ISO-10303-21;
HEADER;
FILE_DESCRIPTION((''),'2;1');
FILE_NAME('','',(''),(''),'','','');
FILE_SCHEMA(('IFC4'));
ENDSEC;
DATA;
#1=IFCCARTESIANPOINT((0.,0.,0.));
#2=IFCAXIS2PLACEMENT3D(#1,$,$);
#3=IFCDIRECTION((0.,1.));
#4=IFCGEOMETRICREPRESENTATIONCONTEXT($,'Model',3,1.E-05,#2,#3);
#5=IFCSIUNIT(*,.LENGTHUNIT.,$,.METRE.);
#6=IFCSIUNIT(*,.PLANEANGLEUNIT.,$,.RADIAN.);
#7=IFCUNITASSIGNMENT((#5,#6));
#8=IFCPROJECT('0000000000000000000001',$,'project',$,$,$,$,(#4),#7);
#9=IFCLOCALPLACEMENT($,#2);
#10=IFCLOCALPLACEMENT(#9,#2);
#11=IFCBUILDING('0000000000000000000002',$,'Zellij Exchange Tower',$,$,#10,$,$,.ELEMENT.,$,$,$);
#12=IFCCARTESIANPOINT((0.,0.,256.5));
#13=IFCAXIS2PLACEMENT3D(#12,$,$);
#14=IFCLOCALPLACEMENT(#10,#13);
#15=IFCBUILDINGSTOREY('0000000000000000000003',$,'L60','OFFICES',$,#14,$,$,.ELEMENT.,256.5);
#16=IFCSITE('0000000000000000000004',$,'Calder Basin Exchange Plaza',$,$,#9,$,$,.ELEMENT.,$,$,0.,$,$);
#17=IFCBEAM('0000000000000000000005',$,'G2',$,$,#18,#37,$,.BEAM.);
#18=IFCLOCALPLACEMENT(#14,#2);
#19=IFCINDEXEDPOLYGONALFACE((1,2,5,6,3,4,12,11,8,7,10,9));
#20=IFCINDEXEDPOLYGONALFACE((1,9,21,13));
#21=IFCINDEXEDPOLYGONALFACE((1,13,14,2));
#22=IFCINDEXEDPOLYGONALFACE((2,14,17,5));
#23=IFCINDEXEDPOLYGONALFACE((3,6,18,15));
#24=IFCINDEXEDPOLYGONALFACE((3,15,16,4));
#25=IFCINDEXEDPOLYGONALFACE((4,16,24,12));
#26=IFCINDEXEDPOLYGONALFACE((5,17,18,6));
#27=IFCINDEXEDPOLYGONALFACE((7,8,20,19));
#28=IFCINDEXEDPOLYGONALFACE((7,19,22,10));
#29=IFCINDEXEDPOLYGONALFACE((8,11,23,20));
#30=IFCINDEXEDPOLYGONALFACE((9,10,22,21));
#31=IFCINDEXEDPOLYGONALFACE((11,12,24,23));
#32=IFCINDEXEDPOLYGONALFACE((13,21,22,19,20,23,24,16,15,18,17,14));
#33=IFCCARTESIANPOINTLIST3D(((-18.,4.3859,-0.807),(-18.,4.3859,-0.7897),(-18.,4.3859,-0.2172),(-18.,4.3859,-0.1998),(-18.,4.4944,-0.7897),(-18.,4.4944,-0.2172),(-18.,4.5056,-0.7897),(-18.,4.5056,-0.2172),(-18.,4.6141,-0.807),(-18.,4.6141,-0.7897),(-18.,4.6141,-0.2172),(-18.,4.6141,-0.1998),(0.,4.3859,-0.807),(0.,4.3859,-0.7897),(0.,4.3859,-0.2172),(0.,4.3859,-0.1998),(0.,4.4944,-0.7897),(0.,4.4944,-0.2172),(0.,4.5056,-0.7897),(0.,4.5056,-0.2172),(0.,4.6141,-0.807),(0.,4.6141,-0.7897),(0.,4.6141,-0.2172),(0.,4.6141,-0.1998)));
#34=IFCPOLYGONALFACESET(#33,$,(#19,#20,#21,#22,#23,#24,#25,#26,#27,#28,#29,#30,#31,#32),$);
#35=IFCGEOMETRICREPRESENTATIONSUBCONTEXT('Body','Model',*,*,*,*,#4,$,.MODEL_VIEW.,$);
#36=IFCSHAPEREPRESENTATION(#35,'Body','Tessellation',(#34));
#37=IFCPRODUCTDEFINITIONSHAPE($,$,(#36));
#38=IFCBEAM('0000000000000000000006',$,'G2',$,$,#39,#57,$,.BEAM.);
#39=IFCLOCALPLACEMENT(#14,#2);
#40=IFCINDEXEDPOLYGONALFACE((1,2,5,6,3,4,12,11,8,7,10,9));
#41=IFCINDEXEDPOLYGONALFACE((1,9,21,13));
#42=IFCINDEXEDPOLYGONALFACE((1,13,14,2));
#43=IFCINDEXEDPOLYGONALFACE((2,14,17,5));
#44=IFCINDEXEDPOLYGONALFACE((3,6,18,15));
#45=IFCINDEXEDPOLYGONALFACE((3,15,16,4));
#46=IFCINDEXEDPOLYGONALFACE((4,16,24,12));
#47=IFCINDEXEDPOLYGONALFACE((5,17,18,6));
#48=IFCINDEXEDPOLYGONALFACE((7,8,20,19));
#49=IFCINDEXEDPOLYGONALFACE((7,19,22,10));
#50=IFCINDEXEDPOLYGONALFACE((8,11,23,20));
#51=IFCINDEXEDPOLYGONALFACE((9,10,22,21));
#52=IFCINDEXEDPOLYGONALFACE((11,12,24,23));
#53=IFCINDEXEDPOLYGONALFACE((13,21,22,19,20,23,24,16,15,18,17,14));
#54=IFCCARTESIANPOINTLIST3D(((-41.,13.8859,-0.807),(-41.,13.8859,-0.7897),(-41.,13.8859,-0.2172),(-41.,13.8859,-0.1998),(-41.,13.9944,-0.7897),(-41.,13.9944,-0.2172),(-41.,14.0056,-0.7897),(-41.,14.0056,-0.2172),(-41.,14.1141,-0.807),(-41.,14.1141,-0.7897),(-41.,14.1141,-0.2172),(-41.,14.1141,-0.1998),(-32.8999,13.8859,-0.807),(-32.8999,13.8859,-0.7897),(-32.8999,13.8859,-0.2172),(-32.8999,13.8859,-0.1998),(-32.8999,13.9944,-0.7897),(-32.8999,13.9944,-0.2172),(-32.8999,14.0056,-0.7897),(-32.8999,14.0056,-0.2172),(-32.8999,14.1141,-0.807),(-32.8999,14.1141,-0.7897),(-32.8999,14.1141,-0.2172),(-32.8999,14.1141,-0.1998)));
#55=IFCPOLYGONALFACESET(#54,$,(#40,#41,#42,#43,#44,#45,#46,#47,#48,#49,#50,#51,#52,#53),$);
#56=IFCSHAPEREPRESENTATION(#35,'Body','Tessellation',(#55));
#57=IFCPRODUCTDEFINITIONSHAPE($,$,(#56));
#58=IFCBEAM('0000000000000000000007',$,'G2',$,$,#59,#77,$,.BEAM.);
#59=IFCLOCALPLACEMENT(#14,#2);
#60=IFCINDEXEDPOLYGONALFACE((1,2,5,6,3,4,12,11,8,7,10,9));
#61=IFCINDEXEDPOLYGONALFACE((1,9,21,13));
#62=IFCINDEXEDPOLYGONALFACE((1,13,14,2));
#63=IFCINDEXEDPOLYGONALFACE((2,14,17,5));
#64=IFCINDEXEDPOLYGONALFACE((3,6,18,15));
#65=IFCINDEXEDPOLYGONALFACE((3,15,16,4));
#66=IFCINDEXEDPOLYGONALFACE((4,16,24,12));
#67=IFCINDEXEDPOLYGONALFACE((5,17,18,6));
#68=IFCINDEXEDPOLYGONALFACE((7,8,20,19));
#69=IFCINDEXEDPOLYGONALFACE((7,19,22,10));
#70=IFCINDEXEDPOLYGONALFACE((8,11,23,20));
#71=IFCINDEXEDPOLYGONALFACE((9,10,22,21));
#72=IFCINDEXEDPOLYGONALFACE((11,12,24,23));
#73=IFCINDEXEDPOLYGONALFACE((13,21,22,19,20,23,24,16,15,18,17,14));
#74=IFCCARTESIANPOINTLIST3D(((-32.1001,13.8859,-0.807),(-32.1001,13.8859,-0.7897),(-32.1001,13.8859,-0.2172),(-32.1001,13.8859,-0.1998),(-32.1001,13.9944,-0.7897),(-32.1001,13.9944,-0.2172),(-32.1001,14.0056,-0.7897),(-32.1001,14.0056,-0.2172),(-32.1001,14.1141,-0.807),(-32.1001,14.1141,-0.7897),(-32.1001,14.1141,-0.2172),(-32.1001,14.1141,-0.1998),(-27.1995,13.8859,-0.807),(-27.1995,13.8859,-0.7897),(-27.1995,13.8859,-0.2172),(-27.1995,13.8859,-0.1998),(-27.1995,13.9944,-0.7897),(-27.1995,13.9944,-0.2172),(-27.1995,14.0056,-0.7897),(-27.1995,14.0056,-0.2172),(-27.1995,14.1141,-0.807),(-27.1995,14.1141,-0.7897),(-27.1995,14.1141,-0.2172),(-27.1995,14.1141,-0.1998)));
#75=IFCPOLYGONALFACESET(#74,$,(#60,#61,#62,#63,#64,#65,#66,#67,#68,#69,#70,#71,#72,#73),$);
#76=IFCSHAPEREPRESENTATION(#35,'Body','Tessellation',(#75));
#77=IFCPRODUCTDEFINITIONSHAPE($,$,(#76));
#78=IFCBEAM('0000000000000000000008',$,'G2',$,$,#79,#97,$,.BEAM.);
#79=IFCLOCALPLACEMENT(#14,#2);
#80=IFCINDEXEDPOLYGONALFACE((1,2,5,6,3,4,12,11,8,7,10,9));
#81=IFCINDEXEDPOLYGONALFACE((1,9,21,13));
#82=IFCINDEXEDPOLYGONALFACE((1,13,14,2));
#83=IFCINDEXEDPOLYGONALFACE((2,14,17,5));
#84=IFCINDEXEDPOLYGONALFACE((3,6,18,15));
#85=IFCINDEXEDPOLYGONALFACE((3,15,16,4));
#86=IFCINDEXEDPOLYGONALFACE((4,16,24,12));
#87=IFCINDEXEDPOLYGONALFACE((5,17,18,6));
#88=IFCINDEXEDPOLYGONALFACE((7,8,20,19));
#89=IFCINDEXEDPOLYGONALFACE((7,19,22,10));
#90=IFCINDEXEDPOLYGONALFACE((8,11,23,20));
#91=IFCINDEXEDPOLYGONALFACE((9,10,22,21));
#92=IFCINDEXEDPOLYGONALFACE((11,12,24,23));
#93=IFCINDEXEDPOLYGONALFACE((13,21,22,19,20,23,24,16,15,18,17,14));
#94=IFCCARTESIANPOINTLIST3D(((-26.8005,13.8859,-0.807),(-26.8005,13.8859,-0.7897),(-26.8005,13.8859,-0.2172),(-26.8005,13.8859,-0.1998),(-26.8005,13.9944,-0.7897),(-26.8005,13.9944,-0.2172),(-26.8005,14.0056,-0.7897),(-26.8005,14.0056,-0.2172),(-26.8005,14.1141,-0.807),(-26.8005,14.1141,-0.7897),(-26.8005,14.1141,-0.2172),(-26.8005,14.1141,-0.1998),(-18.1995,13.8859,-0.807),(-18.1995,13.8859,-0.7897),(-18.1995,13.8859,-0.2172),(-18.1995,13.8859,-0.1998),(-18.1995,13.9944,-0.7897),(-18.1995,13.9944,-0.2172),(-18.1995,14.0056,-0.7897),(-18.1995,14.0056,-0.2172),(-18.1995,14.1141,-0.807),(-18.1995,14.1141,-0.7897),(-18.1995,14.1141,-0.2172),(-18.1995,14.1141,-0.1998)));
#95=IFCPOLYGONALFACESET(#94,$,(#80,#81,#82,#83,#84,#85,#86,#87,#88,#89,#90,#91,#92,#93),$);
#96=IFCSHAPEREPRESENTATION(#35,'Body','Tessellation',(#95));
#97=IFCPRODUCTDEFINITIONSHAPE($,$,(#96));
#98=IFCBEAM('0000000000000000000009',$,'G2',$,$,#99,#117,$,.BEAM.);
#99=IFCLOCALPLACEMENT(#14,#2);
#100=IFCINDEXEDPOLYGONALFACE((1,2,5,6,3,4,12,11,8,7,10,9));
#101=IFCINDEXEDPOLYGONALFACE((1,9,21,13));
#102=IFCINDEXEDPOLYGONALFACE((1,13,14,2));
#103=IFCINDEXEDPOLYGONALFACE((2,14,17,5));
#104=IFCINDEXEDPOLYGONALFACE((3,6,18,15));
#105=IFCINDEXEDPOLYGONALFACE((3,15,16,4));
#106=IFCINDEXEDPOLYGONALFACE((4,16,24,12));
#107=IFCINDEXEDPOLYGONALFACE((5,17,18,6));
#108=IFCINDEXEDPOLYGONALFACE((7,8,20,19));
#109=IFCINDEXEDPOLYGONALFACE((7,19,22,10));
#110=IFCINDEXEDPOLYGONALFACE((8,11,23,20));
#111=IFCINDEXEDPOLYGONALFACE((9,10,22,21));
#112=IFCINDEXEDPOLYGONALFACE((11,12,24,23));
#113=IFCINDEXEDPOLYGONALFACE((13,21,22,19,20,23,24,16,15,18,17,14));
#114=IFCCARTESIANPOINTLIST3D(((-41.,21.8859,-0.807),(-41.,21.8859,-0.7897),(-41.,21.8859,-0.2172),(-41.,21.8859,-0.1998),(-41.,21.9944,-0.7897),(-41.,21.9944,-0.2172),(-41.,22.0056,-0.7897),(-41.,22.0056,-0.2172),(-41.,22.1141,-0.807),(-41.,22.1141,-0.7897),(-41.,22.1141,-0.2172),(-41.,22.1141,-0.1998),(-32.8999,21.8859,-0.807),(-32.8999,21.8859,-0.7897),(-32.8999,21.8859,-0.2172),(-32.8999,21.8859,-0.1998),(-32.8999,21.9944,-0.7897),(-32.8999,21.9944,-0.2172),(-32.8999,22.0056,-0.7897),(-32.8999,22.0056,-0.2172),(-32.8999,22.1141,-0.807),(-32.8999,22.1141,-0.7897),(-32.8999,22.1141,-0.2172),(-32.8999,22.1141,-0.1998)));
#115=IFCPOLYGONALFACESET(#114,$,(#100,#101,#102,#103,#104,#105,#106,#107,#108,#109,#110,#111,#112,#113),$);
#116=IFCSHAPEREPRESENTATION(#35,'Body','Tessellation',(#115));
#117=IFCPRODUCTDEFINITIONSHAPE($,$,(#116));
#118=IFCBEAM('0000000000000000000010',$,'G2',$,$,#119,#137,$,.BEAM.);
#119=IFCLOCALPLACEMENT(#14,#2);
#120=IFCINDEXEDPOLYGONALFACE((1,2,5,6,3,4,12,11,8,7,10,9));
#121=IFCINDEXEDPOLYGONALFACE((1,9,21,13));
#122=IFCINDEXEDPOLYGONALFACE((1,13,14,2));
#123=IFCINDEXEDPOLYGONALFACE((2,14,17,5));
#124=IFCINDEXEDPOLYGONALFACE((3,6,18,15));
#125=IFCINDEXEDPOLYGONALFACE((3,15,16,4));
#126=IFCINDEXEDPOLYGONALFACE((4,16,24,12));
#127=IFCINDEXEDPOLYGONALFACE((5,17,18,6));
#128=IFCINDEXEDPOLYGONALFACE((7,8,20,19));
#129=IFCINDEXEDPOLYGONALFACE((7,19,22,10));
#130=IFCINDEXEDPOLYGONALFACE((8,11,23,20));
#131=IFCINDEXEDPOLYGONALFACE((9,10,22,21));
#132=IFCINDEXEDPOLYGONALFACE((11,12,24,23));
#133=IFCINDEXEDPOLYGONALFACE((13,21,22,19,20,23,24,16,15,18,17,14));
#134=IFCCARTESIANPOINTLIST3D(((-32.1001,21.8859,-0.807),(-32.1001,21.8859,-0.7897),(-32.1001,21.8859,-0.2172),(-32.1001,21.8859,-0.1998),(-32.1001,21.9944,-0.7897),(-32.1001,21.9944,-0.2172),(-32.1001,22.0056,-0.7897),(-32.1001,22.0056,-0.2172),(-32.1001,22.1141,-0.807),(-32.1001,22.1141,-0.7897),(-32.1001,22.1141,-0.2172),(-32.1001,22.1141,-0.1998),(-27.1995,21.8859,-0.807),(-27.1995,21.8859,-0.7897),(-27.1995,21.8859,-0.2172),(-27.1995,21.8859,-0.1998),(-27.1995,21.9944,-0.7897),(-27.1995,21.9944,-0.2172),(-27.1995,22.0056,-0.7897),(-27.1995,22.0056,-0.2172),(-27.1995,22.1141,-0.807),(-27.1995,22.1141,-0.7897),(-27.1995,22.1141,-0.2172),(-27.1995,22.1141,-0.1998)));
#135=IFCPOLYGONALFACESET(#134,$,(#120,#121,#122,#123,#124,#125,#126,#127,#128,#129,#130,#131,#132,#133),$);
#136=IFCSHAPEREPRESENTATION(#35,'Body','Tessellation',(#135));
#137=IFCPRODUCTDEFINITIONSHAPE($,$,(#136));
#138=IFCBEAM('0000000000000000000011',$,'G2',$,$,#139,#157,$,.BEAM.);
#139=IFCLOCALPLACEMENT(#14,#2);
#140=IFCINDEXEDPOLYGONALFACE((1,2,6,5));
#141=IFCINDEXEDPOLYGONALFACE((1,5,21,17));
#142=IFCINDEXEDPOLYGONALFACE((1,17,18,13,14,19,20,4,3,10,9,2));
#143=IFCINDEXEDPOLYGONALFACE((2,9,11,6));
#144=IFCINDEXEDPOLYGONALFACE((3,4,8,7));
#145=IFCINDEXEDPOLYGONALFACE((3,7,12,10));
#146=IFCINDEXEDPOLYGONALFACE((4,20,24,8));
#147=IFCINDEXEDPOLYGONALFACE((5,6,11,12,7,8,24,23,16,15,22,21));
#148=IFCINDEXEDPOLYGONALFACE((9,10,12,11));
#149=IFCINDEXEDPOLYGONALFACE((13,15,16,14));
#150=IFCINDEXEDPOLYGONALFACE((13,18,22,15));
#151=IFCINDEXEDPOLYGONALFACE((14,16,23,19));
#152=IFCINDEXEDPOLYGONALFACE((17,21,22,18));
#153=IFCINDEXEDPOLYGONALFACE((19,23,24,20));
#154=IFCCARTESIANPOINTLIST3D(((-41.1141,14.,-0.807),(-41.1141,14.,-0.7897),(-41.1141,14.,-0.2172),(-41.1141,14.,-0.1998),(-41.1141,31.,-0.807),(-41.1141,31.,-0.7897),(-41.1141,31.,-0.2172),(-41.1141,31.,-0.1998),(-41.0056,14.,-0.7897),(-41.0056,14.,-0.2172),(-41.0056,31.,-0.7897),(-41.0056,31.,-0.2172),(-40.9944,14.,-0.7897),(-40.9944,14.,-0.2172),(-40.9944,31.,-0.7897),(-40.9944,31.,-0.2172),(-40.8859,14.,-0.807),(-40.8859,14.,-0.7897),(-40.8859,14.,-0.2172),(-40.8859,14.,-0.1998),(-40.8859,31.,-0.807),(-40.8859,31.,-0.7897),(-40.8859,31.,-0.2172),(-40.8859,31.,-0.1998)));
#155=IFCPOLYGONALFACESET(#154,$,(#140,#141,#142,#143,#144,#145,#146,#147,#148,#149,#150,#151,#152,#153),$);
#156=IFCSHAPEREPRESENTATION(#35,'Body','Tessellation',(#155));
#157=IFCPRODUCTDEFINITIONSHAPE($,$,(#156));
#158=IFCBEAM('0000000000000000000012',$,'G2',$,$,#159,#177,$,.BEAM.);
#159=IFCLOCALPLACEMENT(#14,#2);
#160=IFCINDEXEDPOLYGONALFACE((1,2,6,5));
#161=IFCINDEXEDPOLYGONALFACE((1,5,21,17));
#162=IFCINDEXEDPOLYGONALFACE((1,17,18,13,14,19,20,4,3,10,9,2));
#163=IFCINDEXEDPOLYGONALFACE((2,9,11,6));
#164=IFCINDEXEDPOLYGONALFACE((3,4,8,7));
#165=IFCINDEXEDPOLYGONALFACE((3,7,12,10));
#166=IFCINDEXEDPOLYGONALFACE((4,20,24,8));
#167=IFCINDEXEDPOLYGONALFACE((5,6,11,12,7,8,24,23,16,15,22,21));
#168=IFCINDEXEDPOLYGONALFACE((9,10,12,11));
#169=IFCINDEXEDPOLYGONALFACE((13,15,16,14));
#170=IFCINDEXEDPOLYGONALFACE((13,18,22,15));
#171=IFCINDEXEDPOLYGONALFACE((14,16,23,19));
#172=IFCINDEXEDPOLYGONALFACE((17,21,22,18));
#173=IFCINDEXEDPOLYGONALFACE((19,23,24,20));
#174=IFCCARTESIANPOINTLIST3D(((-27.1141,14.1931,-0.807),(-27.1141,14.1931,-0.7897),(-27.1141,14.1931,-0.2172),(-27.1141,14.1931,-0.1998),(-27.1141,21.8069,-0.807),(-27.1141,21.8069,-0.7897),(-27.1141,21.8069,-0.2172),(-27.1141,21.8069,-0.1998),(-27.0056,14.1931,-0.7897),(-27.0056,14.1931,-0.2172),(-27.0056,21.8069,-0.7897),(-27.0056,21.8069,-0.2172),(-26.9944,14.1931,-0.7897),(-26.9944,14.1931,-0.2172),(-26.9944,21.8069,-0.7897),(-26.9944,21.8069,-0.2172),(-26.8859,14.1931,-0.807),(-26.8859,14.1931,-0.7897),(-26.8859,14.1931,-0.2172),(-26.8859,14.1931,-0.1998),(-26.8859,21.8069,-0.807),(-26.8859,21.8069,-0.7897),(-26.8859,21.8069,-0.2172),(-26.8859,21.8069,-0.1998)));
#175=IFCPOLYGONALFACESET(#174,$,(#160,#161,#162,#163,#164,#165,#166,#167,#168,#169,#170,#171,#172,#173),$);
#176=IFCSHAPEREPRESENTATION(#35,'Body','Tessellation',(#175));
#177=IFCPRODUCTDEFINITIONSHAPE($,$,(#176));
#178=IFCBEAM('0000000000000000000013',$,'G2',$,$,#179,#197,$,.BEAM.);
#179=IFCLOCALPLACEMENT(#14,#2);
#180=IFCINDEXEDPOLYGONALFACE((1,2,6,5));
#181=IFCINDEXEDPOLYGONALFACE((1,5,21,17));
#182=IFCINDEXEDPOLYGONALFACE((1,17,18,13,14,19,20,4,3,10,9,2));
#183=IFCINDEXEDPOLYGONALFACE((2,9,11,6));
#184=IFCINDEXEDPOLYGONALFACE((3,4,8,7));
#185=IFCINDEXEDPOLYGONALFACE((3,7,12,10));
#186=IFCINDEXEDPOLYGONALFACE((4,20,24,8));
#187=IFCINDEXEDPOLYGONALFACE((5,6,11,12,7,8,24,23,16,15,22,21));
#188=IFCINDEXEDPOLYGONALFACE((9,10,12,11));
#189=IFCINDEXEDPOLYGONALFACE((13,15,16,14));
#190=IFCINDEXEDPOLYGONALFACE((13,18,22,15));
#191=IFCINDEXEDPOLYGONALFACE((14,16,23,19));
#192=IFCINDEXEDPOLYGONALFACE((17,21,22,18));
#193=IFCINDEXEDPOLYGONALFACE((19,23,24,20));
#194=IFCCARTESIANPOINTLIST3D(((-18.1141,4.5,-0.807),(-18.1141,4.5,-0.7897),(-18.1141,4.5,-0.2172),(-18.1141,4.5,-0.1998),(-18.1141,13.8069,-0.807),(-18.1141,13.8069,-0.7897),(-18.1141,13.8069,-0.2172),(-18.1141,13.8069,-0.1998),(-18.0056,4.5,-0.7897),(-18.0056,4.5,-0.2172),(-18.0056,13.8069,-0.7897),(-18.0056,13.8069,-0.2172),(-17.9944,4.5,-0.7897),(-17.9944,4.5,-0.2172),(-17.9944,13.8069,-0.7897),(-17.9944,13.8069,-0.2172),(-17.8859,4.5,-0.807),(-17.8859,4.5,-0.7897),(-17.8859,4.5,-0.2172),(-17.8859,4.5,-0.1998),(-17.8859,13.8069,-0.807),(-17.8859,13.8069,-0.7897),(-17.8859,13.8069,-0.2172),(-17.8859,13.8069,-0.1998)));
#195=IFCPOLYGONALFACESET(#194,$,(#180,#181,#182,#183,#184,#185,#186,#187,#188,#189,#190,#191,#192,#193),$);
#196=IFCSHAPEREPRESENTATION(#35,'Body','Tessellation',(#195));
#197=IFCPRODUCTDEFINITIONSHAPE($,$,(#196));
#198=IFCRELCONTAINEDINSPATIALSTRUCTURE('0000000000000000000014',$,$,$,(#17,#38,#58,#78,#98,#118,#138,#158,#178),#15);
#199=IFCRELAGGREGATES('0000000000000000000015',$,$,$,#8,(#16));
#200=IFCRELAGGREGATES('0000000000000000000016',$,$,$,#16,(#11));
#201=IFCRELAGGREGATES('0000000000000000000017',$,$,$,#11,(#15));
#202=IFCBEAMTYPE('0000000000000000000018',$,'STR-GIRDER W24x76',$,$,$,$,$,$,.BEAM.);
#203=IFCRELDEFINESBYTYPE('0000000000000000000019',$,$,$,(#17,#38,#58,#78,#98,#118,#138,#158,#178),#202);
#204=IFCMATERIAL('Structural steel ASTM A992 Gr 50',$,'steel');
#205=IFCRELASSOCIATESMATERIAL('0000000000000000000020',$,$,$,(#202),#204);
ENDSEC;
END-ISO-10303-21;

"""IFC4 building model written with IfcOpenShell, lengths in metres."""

from ifc_helpers import new_model, si_unit, direction, frame, origin, origin_2d, place, context, subcontext, project, spatial, i_section, extrude, material, material_profile, profile_set, type_object, element, save


model = new_model("IFC4")

# Units and contexts
model_context = context("Model", 3, precision=1e-05, world=origin(), true_north=direction((0.0, 1.0)))
body_context = subcontext(model_context, "Body", "Model", "MODEL_VIEW")
ifc_project = project(units=[si_unit("LENGTHUNIT", "METRE"), si_unit("PLANEANGLEUNIT", "RADIAN")], contexts=[model_context])

# Site, building, storey
site_placement = place(None, origin())
site = spatial("IfcSite", under=ifc_project, at=site_placement, Name="Calder Basin Exchange Plaza", CompositionType="ELEMENT", RefElevation=0.0)
building_placement = place(site_placement, origin())
building = spatial("IfcBuilding", under=site, at=building_placement, Name="Zellij Exchange Tower", CompositionType="ELEMENT")
storey_placement = place(building_placement, frame((0.0, 0.0, 256.5)))
storey = spatial("IfcBuildingStorey", under=building, at=storey_placement, Name="L60", Description="OFFICES", CompositionType="ELEMENT", Elevation=256.5)

# Shared definitions
ifc_material_1 = material(Name="Structural steel ASTM A992 Gr 50", Category="steel")

# Beams
ifc_material_profile_1 = material_profile(ifc_material_1, i_section(OverallWidth=0.2283, OverallDepth=0.6072, WebThickness=0.0112, FlangeThickness=0.0173, at=origin_2d()), Name="W24x76")
ifc_profile_set_1 = profile_set([ifc_material_profile_1], Name="Structural steel ASTM A992 Gr 50")
beam_type_1 = type_object("IfcBeamType", Name="STR-GIRDER W24x76", PredefinedType="BEAM", material=ifc_profile_set_1)
beam_1_placement = place(storey_placement, frame((-18.0, 4.5, -0.5034), z_axis=(1.0, 0.0, 0.0), x_axis=(0.0, 1.0, 0.0)))
element("IfcBeam", 1, at=beam_1_placement, inside=storey, type_object=beam_type_1, Name="G2", PredefinedType="BEAM", context=body_context, shape_type="SweptSolid", body=[
    extrude(i_section(OverallWidth=0.2283, OverallDepth=0.6072, WebThickness=0.0112, FlangeThickness=0.0173, at=origin_2d()), origin(), (0.0, 0.0, 1.0), 18.0),
])
beam_2_placement = place(storey_placement, frame((-41.0, 14.0, -0.5034), z_axis=(1.0, 0.0, 0.0), x_axis=(0.0, 1.0, 0.0)))
element("IfcBeam", 2, at=beam_2_placement, inside=storey, type_object=beam_type_1, Name="G2", PredefinedType="BEAM", context=body_context, shape_type="SweptSolid", body=[
    extrude(i_section(OverallWidth=0.2283, OverallDepth=0.6072, WebThickness=0.0112, FlangeThickness=0.0173, at=origin_2d()), origin(), (0.0, 0.0, 1.0), 8.1001),
])
beam_3_placement = place(storey_placement, frame((-32.1001, 14.0, -0.5034), z_axis=(1.0, 0.0, 0.0), x_axis=(0.0, 1.0, 0.0)))
element("IfcBeam", 3, at=beam_3_placement, inside=storey, type_object=beam_type_1, Name="G2", PredefinedType="BEAM", context=body_context, shape_type="SweptSolid", body=[
    extrude(i_section(OverallWidth=0.2283, OverallDepth=0.6072, WebThickness=0.0112, FlangeThickness=0.0173, at=origin_2d()), origin(), (0.0, 0.0, 1.0), 4.9006),
])
beam_4_placement = place(storey_placement, frame((-26.8005, 14.0, -0.5034), z_axis=(1.0, 0.0, 0.0), x_axis=(0.0, 1.0, 0.0)))
element("IfcBeam", 4, at=beam_4_placement, inside=storey, type_object=beam_type_1, Name="G2", PredefinedType="BEAM", context=body_context, shape_type="SweptSolid", body=[
    extrude(i_section(OverallWidth=0.2283, OverallDepth=0.6072, WebThickness=0.0112, FlangeThickness=0.0173, at=origin_2d()), origin(), (0.0, 0.0, 1.0), 8.6011),
])
beam_5_placement = place(storey_placement, frame((-41.0, 22.0, -0.5034), z_axis=(1.0, 0.0, 0.0), x_axis=(0.0, 1.0, 0.0)))
element("IfcBeam", 5, at=beam_5_placement, inside=storey, type_object=beam_type_1, Name="G2", PredefinedType="BEAM", context=body_context, shape_type="SweptSolid", body=[
    extrude(i_section(OverallWidth=0.2283, OverallDepth=0.6072, WebThickness=0.0112, FlangeThickness=0.0173, at=origin_2d()), origin(), (0.0, 0.0, 1.0), 8.1001),
])
beam_6_placement = place(storey_placement, frame((-32.1001, 22.0, -0.5034), z_axis=(1.0, 0.0, 0.0), x_axis=(0.0, 1.0, 0.0)))
element("IfcBeam", 6, at=beam_6_placement, inside=storey, type_object=beam_type_1, Name="G2", PredefinedType="BEAM", context=body_context, shape_type="SweptSolid", body=[
    extrude(i_section(OverallWidth=0.2283, OverallDepth=0.6072, WebThickness=0.0112, FlangeThickness=0.0173, at=origin_2d()), origin(), (0.0, 0.0, 1.0), 4.9006),
])
beam_7_placement = place(storey_placement, frame((-41.0, 14.0, -0.5034), z_axis=(0.0, 1.0, 0.0), x_axis=(-1.0, 0.0, 0.0)))
element("IfcBeam", 7, at=beam_7_placement, inside=storey, type_object=beam_type_1, Name="G2", PredefinedType="BEAM", context=body_context, shape_type="SweptSolid", body=[
    extrude(i_section(OverallWidth=0.2283, OverallDepth=0.6072, WebThickness=0.0112, FlangeThickness=0.0173, at=origin_2d()), origin(), (0.0, 0.0, 1.0), 17.0),
])
beam_8_placement = place(storey_placement, frame((-27.0, 14.1931, -0.5034), z_axis=(0.0, 1.0, 0.0), x_axis=(-1.0, 0.0, 0.0)))
element("IfcBeam", 8, at=beam_8_placement, inside=storey, type_object=beam_type_1, Name="G2", PredefinedType="BEAM", context=body_context, shape_type="SweptSolid", body=[
    extrude(i_section(OverallWidth=0.2283, OverallDepth=0.6072, WebThickness=0.0112, FlangeThickness=0.0173, at=origin_2d()), origin(), (0.0, 0.0, 1.0), 7.6138),
])
beam_9_placement = place(storey_placement, frame((-18.0, 4.5, -0.5034), z_axis=(0.0, 1.0, 0.0), x_axis=(-1.0, 0.0, 0.0)))
element("IfcBeam", 9, at=beam_9_placement, inside=storey, type_object=beam_type_1, Name="G2", PredefinedType="BEAM", context=body_context, shape_type="SweptSolid", body=[
    extrude(i_section(OverallWidth=0.2283, OverallDepth=0.6072, WebThickness=0.0112, FlangeThickness=0.0173, at=origin_2d()), origin(), (0.0, 0.0, 1.0), 9.3069),
])

save(model, "model.ifc")
